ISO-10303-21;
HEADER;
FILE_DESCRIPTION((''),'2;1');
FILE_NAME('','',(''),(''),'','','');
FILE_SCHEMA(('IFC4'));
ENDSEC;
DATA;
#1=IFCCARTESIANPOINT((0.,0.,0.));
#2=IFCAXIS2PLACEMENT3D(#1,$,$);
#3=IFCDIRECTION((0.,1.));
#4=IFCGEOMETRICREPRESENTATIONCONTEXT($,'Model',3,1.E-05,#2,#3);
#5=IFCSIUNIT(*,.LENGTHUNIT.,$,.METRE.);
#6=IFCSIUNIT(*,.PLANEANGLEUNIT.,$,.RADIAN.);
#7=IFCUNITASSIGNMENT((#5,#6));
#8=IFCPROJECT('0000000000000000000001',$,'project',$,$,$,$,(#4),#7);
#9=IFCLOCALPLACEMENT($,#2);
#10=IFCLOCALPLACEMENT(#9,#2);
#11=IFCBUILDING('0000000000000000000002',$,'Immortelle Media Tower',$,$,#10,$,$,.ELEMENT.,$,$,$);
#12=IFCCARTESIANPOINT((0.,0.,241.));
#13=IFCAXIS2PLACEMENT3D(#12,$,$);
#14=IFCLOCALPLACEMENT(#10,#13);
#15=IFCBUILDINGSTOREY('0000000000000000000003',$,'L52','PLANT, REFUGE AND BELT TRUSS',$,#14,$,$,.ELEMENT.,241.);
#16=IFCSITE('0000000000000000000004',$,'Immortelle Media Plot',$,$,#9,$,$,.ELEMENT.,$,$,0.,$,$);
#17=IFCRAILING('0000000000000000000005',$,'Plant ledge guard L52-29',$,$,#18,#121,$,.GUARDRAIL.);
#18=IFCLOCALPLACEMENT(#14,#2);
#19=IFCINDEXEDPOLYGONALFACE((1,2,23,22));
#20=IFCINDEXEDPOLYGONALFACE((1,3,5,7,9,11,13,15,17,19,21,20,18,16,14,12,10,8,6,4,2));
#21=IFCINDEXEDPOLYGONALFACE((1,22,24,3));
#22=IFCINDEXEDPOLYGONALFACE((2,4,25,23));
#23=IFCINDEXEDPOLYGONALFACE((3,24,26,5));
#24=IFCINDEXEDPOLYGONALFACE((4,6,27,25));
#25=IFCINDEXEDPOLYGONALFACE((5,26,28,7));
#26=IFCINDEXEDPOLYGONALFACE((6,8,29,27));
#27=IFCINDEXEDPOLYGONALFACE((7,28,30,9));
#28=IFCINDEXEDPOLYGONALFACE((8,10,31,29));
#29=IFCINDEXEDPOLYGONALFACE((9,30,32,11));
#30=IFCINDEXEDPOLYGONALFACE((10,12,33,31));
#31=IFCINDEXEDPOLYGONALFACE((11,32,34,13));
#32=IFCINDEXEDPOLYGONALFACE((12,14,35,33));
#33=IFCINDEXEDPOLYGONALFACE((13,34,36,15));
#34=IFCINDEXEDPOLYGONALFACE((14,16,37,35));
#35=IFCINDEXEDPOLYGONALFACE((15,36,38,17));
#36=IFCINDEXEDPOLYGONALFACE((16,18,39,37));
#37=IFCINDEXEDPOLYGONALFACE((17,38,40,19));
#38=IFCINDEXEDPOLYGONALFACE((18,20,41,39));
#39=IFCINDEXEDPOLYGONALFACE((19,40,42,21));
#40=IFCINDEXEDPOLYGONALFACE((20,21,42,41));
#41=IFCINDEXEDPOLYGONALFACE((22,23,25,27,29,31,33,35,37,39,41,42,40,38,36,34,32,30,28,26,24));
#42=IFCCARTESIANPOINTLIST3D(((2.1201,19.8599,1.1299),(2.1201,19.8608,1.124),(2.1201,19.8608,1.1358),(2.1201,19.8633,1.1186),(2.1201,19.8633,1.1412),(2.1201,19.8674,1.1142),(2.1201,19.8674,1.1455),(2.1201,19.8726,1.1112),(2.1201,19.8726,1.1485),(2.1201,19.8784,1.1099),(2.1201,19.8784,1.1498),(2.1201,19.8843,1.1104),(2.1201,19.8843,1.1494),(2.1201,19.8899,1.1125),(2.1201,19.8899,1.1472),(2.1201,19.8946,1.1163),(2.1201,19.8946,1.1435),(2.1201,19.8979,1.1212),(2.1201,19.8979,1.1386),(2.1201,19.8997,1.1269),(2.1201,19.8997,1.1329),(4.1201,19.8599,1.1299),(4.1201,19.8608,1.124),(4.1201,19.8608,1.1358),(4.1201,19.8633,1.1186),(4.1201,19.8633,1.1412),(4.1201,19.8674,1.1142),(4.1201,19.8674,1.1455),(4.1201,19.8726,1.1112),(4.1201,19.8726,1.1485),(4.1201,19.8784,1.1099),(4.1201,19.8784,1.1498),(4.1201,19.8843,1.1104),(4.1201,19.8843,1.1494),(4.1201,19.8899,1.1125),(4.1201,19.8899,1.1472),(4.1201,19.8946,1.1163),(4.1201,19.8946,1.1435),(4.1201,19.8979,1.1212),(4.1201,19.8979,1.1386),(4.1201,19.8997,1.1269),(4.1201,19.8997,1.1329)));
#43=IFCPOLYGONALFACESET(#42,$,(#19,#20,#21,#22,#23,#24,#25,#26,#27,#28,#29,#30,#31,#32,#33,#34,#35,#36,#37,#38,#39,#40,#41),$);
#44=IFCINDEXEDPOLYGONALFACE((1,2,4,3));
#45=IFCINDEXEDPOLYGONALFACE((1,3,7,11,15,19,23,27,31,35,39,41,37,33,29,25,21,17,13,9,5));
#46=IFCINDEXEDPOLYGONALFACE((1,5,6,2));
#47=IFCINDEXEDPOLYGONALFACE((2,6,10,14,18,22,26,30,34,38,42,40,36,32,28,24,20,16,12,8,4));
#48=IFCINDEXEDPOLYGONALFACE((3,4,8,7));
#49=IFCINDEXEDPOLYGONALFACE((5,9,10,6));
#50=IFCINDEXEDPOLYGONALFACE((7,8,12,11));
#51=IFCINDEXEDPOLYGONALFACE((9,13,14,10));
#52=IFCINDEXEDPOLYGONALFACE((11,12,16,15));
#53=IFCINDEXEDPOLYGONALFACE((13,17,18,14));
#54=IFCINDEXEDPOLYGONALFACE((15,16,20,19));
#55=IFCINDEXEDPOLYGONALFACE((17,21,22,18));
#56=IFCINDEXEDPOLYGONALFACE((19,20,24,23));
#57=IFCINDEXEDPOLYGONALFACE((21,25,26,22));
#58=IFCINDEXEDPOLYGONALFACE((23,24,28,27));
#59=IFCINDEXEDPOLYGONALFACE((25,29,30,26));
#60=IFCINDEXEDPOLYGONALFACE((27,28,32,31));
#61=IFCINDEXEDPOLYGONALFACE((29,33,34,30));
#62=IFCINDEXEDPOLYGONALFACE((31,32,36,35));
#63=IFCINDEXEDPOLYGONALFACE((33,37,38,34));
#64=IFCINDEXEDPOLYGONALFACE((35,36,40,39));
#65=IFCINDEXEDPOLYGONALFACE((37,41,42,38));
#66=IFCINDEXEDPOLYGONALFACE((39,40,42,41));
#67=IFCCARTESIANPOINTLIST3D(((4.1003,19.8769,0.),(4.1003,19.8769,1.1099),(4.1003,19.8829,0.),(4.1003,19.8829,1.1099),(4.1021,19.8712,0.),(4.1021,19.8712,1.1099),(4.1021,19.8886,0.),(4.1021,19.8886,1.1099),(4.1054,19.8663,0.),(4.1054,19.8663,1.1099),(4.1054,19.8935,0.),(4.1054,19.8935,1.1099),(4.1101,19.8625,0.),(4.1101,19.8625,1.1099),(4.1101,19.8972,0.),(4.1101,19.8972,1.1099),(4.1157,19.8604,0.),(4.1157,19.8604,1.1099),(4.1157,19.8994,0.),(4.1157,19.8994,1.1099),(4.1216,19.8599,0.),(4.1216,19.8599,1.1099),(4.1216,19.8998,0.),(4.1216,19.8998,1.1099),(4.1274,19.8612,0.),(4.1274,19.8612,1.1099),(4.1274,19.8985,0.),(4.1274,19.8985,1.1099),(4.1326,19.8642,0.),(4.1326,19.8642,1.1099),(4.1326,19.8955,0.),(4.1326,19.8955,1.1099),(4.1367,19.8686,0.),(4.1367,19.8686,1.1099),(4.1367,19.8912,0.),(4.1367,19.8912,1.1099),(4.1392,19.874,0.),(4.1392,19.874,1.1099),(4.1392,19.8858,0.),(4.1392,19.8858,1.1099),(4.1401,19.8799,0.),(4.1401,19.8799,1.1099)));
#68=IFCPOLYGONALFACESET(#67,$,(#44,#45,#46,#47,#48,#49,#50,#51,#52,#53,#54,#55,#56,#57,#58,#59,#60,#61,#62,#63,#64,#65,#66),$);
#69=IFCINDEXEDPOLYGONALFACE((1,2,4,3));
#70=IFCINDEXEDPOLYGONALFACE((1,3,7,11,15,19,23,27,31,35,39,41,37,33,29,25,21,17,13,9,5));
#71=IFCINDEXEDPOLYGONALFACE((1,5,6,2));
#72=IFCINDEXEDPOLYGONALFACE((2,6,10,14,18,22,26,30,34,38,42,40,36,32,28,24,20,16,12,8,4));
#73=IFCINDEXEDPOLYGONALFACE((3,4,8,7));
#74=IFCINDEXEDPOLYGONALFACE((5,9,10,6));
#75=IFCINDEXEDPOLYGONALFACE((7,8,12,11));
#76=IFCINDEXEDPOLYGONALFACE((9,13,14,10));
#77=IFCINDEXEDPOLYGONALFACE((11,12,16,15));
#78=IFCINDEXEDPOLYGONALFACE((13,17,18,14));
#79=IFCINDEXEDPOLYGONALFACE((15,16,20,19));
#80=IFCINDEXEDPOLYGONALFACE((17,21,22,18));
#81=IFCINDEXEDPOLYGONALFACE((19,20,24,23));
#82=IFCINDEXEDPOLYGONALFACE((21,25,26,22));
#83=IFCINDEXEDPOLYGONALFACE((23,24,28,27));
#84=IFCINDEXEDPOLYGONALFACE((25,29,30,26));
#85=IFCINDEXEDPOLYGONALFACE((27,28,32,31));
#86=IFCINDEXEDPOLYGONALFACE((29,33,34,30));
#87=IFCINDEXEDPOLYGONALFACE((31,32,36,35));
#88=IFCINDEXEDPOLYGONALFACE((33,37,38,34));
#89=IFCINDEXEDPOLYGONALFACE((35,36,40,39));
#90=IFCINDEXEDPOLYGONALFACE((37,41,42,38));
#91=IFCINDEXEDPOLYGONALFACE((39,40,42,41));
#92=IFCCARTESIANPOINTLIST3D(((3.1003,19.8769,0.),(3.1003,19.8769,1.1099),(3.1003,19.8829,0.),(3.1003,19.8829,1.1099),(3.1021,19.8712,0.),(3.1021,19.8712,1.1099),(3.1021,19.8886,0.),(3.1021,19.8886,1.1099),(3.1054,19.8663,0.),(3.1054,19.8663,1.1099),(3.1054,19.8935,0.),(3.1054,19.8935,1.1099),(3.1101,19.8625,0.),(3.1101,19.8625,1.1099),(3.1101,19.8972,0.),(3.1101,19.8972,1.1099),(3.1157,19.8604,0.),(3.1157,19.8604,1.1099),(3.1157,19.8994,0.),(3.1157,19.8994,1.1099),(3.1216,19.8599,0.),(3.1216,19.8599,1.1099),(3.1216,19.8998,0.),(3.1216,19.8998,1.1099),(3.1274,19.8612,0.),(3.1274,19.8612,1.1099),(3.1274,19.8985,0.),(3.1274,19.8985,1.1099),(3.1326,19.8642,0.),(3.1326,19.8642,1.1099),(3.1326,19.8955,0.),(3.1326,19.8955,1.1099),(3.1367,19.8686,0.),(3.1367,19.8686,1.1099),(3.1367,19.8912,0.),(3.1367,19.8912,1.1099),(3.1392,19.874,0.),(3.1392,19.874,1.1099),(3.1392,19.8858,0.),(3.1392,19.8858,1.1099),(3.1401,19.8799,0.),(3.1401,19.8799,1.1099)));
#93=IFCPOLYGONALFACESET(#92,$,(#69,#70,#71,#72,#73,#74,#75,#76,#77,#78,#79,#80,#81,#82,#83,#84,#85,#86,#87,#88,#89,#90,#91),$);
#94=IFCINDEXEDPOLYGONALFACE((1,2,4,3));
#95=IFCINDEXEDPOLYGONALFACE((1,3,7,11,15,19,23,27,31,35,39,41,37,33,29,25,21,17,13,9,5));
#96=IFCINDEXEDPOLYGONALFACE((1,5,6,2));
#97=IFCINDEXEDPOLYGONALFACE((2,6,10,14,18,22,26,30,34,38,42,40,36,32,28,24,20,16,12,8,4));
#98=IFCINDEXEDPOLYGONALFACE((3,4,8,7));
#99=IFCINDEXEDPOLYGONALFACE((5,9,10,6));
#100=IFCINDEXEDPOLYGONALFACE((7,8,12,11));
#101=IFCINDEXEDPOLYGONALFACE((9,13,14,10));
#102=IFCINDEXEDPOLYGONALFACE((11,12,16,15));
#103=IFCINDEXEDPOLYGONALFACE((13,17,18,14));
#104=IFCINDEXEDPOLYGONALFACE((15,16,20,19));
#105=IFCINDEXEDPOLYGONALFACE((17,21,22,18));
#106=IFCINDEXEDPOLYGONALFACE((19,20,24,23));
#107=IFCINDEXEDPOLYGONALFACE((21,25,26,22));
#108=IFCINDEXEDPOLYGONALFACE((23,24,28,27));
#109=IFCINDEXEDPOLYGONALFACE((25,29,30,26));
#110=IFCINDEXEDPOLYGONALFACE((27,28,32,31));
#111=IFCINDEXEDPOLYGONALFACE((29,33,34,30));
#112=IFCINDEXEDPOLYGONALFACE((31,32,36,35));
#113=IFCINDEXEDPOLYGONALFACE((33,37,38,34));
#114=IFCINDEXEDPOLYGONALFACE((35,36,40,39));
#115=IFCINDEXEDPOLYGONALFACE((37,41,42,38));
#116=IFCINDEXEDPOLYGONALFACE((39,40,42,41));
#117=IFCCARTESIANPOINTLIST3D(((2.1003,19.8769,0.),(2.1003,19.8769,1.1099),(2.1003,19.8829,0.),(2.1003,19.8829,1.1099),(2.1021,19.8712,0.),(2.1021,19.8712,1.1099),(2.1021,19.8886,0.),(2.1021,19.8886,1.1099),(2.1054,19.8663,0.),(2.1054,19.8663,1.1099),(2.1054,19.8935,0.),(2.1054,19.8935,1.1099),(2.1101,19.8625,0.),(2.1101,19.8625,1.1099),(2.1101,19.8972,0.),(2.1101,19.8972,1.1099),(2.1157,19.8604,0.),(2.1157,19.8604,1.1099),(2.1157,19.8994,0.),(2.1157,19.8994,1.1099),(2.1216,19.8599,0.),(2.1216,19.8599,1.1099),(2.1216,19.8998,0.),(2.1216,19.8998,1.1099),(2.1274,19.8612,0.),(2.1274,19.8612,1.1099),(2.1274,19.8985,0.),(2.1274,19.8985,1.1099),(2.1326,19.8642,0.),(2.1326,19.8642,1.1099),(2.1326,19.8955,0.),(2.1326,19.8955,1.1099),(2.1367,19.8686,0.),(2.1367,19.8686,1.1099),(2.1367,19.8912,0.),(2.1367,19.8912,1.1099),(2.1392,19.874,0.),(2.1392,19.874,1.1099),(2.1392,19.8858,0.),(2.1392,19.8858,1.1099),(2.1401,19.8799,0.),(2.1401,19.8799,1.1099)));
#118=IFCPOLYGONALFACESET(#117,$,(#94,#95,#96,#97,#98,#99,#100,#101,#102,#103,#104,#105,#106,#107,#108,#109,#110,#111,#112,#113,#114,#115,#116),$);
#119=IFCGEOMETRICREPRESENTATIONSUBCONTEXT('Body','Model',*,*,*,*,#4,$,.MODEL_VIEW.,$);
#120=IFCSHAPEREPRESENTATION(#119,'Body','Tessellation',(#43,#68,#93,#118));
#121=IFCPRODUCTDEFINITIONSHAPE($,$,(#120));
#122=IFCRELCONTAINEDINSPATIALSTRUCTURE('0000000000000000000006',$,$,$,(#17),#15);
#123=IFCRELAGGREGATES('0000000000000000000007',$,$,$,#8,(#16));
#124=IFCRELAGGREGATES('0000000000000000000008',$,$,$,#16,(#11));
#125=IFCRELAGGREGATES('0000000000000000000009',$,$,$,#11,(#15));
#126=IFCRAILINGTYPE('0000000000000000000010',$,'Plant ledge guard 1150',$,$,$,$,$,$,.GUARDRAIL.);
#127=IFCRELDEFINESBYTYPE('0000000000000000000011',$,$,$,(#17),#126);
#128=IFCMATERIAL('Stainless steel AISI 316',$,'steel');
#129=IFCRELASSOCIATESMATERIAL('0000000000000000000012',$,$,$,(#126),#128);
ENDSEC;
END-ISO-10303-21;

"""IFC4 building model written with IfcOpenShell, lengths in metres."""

from ifc_helpers import new_model, si_unit, direction, frame, origin, origin_2d, place, context, subcontext, project, spatial, circle, extrude, material, type_object, element, save


model = new_model("IFC4")

# Units and contexts
model_context = context("Model", 3, precision=1e-05, world=origin(), true_north=direction((0.0, 1.0)))
body_context = subcontext(model_context, "Body", "Model", "MODEL_VIEW")
ifc_project = project(units=[si_unit("LENGTHUNIT", "METRE"), si_unit("PLANEANGLEUNIT", "RADIAN")], contexts=[model_context])

# Site, building, storey
site_placement = place(None, origin())
site = spatial("IfcSite", under=ifc_project, at=site_placement, Name="Immortelle Media Plot", CompositionType="ELEMENT", RefElevation=0.0)
building_placement = place(site_placement, origin())
building = spatial("IfcBuilding", under=site, at=building_placement, Name="Immortelle Media Tower", CompositionType="ELEMENT")
storey_placement = place(building_placement, frame((0.0, 0.0, 241.0)))
storey = spatial("IfcBuildingStorey", under=building, at=storey_placement, Name="L52", Description="PLANT, REFUGE AND BELT TRUSS", CompositionType="ELEMENT", Elevation=241.0)

# Railing
ifc_material_1 = material(Name="Stainless steel AISI 316", Category="steel")
railing_type = type_object("IfcRailingType", Name="Plant ledge guard 1150", PredefinedType="GUARDRAIL", material=ifc_material_1)
railing_1_placement = place(storey_placement, frame((4.1201, 19.8799, 0.0)))
element("IfcRailing", 1, at=railing_1_placement, inside=storey, type_object=railing_type, Name="Plant ledge guard L52-29", PredefinedType="GUARDRAIL", context=body_context, shape_type="SweptSolid", body=[
    extrude(circle(Radius=0.02, at=origin_2d()), frame((0.0, 0.0, 1.1299), z_axis=(-1.0, 0.0, 0.0), x_axis=(0.0, -1.0, 0.0)), (0.0, 0.0, 1.0), 2.0),
    extrude(circle(Radius=0.02, at=origin_2d()), origin(), (0.0, 0.0, 1.0), 1.1099),
    extrude(circle(Radius=0.02, at=origin_2d()), frame((-1.0, 0.0, 0.0)), (0.0, 0.0, 1.0), 1.1099),
    extrude(circle(Radius=0.02, at=origin_2d()), frame((-2.0, 0.0, 0.0)), (0.0, 0.0, 1.0), 1.1099),
])

save(model, "model.ifc")
